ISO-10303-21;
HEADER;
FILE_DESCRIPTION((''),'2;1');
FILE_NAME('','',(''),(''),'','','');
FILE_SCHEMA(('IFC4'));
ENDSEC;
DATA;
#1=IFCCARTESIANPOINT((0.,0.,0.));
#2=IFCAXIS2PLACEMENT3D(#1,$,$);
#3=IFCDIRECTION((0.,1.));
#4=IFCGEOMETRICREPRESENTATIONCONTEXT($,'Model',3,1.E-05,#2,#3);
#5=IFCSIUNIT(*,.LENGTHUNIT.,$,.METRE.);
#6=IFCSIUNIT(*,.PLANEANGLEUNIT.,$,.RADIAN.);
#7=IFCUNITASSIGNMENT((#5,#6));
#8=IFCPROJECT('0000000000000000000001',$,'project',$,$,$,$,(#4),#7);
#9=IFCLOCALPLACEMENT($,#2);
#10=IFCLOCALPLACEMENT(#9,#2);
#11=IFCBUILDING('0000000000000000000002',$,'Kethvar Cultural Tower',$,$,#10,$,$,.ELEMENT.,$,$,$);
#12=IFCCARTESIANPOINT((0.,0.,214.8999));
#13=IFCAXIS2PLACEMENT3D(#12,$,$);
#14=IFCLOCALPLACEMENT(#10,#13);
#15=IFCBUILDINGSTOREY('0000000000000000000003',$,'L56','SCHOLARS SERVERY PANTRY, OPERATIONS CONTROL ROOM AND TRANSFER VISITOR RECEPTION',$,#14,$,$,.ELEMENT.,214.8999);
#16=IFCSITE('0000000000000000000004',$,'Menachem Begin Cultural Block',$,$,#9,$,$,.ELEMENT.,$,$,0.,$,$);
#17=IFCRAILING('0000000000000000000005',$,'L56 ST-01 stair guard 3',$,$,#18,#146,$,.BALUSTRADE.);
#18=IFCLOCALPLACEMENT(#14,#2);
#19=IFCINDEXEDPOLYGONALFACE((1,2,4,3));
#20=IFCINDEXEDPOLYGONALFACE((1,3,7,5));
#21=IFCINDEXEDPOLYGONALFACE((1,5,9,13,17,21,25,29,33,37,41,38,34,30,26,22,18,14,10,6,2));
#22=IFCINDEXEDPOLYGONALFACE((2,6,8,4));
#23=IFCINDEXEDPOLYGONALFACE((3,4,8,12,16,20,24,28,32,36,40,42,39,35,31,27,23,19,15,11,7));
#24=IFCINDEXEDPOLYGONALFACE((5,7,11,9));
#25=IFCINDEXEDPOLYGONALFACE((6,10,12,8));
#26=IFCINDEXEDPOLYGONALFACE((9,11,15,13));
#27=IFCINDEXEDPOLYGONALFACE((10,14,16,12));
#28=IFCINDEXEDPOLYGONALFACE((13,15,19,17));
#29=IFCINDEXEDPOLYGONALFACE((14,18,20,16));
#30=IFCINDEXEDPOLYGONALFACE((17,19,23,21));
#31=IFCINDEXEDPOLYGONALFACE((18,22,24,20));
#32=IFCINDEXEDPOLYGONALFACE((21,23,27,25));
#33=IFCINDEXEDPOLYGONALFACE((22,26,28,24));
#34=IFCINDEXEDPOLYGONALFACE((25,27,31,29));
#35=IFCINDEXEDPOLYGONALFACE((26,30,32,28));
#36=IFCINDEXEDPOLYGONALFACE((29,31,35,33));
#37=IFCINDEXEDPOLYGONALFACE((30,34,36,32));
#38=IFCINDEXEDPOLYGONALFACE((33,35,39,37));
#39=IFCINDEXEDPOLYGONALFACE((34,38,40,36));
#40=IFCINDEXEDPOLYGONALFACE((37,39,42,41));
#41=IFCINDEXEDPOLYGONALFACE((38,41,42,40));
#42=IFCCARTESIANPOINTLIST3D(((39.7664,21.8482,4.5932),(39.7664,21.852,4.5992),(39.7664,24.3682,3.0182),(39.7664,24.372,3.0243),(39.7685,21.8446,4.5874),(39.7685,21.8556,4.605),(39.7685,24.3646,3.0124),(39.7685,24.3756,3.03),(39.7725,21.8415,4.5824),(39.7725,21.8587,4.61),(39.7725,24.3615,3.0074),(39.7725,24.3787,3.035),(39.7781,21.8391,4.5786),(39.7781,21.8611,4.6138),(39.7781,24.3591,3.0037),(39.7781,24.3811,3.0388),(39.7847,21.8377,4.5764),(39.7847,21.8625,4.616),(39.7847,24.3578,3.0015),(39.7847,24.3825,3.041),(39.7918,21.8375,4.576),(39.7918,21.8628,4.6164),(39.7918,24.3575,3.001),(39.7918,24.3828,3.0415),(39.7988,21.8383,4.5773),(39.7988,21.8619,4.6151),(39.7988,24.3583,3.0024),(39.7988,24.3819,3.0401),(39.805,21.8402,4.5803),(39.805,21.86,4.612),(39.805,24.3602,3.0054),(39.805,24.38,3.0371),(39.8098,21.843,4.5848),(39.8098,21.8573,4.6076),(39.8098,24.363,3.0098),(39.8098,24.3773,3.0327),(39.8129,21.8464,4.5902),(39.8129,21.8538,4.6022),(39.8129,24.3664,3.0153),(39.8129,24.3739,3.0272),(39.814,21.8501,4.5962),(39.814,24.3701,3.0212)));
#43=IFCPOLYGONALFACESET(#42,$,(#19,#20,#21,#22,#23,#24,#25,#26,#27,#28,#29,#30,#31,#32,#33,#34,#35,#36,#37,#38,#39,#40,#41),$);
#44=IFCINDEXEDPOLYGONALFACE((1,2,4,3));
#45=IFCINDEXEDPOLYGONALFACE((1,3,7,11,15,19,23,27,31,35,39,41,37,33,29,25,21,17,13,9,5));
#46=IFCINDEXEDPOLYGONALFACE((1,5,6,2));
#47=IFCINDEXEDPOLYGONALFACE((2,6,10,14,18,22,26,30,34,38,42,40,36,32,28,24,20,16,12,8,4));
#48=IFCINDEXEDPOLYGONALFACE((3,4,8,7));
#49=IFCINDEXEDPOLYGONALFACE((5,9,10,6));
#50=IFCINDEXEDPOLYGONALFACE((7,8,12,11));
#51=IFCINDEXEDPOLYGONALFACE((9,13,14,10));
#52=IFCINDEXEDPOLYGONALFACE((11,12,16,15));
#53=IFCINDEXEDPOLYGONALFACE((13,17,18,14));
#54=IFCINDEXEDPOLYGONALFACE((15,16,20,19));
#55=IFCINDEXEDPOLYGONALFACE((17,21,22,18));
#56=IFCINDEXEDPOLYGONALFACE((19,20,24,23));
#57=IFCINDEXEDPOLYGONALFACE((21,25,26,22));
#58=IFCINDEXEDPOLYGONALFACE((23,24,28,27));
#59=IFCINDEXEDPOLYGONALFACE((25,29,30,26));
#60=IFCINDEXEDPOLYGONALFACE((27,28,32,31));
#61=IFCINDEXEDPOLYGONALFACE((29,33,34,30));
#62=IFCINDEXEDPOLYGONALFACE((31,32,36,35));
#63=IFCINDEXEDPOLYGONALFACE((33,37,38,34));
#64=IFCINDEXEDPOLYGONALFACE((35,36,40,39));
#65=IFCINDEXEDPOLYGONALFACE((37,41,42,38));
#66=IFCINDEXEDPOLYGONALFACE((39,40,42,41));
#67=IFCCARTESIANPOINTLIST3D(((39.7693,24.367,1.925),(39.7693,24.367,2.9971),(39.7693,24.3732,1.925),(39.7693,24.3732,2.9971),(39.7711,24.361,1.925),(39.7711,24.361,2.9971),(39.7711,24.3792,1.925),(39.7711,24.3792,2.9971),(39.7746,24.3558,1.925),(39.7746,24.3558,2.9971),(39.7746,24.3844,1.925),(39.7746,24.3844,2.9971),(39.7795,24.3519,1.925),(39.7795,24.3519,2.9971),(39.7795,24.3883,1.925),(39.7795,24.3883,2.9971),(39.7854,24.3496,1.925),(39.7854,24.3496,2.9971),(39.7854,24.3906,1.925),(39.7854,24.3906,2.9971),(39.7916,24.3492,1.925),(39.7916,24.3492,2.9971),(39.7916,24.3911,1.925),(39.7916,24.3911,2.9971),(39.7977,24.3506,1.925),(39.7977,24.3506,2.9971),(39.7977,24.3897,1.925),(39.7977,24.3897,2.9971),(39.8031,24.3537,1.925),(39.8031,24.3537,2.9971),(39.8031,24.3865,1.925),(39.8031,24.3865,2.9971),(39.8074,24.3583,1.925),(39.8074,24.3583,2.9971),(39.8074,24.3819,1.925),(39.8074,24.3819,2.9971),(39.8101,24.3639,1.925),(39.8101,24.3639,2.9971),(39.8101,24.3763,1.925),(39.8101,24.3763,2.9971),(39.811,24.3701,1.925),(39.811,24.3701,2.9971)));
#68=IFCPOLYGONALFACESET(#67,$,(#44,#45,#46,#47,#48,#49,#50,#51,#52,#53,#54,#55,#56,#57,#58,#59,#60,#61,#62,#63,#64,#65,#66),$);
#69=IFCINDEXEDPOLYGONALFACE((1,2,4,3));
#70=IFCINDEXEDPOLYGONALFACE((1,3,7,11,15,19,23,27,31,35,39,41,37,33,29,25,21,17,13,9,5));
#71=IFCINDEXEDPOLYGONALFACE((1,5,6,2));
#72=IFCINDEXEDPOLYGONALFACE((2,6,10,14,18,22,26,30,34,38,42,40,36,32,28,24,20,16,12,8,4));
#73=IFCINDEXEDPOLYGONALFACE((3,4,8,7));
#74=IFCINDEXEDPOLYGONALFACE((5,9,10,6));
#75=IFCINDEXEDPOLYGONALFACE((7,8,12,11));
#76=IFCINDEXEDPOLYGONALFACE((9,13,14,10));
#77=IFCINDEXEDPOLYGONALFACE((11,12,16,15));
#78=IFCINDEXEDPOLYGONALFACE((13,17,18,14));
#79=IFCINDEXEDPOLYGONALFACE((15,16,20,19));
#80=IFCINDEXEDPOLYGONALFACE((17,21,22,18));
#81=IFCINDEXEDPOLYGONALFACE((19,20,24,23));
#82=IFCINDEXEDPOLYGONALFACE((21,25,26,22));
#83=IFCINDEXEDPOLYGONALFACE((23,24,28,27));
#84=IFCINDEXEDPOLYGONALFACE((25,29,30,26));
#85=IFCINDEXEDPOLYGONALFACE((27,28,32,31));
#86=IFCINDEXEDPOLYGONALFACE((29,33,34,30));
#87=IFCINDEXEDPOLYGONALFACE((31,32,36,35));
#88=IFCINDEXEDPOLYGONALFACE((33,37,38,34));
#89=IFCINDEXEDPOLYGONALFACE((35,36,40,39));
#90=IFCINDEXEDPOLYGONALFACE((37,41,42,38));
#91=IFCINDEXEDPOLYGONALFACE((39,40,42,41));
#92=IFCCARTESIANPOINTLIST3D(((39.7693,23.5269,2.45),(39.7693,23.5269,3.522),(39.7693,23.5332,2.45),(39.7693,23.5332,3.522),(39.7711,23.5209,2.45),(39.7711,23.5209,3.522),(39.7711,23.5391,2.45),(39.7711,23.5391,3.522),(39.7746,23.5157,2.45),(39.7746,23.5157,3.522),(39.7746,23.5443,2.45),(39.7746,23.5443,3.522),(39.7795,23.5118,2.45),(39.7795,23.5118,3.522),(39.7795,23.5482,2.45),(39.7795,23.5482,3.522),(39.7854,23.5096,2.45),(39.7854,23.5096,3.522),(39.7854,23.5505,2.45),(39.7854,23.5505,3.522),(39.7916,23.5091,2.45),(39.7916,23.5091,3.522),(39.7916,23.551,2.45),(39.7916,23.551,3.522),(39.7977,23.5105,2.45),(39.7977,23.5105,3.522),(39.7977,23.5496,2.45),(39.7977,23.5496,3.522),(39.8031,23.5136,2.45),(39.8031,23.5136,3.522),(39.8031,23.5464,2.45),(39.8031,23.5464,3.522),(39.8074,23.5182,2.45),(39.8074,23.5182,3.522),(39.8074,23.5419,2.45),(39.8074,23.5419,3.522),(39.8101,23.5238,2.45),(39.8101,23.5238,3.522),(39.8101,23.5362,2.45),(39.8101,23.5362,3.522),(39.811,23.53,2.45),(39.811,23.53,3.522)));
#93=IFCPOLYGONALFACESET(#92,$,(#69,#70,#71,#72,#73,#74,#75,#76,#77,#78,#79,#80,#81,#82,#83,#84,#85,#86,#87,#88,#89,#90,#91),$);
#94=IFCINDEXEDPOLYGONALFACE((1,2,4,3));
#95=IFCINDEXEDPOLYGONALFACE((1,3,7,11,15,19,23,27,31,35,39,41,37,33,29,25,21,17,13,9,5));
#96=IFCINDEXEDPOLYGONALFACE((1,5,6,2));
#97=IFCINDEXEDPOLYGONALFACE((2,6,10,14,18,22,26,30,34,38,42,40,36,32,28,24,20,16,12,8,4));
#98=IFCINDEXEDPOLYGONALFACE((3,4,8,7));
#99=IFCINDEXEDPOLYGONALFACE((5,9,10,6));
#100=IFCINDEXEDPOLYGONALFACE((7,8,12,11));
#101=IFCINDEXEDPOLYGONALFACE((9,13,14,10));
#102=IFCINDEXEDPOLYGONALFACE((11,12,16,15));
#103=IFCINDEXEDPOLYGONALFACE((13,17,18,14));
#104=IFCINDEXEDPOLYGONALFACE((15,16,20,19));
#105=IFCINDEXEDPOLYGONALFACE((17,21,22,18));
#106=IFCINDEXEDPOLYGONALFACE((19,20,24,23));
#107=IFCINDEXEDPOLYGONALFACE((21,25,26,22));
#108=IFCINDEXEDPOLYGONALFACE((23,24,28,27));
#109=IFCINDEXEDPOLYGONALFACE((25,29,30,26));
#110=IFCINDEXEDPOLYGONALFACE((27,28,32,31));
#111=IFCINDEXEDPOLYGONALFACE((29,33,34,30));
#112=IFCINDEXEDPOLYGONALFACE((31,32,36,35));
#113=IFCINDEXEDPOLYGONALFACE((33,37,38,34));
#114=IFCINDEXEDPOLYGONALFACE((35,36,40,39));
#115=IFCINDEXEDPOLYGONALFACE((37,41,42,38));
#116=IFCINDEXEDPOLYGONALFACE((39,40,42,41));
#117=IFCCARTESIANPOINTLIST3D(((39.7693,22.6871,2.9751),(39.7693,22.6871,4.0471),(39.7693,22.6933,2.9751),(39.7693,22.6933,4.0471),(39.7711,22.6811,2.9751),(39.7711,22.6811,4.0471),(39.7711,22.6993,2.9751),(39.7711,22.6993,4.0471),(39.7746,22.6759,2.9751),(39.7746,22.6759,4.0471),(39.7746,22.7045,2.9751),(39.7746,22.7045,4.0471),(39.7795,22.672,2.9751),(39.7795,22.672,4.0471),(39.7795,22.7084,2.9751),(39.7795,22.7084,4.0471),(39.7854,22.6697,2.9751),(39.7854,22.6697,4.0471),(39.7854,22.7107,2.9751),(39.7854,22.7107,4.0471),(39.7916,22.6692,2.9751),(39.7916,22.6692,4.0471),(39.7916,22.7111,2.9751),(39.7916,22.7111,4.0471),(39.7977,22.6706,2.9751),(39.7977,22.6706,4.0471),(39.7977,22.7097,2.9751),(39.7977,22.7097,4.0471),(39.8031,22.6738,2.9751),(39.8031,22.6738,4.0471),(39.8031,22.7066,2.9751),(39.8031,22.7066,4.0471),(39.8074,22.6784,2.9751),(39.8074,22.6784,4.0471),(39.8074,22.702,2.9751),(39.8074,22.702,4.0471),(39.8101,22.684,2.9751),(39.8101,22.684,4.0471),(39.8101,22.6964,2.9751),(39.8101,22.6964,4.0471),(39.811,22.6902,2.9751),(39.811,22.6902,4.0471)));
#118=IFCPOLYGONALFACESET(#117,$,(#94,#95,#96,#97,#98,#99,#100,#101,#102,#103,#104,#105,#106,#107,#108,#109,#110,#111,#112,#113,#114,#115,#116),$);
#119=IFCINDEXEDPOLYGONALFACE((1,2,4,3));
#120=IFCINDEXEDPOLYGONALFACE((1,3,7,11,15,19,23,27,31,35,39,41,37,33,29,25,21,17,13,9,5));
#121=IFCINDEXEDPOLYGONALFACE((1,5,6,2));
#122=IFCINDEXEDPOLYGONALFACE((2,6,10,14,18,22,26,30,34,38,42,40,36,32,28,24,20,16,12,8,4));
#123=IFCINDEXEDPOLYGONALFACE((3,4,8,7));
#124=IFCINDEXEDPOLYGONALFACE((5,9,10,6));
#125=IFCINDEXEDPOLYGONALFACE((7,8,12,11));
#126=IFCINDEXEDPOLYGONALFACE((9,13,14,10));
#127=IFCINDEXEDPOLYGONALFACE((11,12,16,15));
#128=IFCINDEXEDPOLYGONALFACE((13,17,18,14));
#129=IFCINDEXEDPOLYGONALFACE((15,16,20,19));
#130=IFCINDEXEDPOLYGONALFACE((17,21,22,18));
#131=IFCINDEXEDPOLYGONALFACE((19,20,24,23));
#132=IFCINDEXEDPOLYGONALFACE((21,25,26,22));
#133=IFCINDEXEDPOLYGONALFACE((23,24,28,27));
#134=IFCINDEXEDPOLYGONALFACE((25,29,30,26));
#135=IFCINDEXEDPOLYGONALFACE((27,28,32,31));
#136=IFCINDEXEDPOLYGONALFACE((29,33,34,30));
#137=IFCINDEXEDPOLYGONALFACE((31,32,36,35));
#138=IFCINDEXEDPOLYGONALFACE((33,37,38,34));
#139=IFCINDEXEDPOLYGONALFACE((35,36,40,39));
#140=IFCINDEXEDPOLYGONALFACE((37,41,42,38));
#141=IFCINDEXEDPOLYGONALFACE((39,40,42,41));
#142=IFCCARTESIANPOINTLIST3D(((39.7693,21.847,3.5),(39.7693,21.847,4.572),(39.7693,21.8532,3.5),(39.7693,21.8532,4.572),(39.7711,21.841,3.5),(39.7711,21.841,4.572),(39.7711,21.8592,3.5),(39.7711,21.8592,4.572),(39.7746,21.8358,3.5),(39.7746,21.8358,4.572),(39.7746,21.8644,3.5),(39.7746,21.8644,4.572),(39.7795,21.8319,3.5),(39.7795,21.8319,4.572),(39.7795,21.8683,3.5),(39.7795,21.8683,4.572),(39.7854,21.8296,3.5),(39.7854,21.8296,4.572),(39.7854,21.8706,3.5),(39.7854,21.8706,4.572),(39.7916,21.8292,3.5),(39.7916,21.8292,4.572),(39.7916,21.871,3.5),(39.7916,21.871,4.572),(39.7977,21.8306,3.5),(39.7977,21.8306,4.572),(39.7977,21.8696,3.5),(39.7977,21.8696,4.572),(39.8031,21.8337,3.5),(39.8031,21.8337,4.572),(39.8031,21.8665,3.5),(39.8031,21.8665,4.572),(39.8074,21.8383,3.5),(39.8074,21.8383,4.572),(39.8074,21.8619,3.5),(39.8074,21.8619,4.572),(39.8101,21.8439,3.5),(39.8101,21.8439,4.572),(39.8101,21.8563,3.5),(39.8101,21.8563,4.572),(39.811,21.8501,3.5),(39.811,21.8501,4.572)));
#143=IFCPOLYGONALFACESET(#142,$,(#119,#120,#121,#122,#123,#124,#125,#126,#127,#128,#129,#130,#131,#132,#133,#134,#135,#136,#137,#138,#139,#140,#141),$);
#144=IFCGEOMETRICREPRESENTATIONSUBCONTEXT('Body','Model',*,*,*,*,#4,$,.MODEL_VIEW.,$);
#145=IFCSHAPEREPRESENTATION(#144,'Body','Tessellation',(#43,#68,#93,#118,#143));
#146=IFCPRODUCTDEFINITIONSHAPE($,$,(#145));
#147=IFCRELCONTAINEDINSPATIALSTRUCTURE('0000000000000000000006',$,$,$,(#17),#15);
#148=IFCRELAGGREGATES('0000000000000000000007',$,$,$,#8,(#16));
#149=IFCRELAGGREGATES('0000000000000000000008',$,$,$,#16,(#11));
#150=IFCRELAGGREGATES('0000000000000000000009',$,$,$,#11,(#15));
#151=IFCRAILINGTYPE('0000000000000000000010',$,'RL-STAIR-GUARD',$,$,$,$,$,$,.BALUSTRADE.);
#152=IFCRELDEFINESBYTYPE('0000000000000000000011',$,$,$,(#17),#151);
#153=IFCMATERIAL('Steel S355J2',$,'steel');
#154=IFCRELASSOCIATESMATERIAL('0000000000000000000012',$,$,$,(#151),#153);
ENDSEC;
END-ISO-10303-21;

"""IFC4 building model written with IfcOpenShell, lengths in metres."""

from ifc_helpers import new_model, si_unit, direction, frame, origin, origin_2d, place, context, subcontext, project, spatial, circle, extrude, material, type_object, element, save


model = new_model("IFC4")

# Units and contexts
model_context = context("Model", 3, precision=1e-05, world=origin(), true_north=direction((0.0, 1.0)))
body_context = subcontext(model_context, "Body", "Model", "MODEL_VIEW")
ifc_project = project(units=[si_unit("LENGTHUNIT", "METRE"), si_unit("PLANEANGLEUNIT", "RADIAN")], contexts=[model_context])

# Site, building, storey
site_placement = place(None, origin())
site = spatial("IfcSite", under=ifc_project, at=site_placement, Name="Menachem Begin Cultural Block", CompositionType="ELEMENT", RefElevation=0.0)
building_placement = place(site_placement, origin())
building = spatial("IfcBuilding", under=site, at=building_placement, Name="Kethvar Cultural Tower", CompositionType="ELEMENT")
storey_placement = place(building_placement, frame((0.0, 0.0, 214.8999)))
storey = spatial("IfcBuildingStorey", under=building, at=storey_placement, Name="L56", Description="SCHOLARS SERVERY PANTRY, OPERATIONS CONTROL ROOM AND TRANSFER VISITOR RECEPTION", CompositionType="ELEMENT", Elevation=214.8999)

# Shared definitions
ifc_material_1 = material(Name="Steel S355J2", Category="steel")

# Railing
railing_type_1 = type_object("IfcRailingType", Name="RL-STAIR-GUARD", PredefinedType="BALUSTRADE", material=ifc_material_1)
railing_1_placement = place(storey_placement, frame((39.79, 24.3701, 1.925)))
element("IfcRailing", 1, at=railing_1_placement, inside=storey, type_object=railing_type_1, Name="L56 ST-01 stair guard 3", PredefinedType="BALUSTRADE", context=body_context, shape_type="SweptSolid", body=[
    extrude(circle(Radius=0.0239, at=origin_2d()), frame((0.0, 0.0, 1.0962), z_axis=(0.0, -0.848008, 0.529984), x_axis=(1.0, 0.0, 0.0)), (0.0, 0.0, 1.0), 2.9717),
    extrude(circle(Radius=0.021, at=origin_2d()), origin(), (0.0, 0.0, 1.0), 1.072),
    extrude(circle(Radius=0.021, at=origin_2d()), frame((0.0, -0.8401, 0.5249)), (0.0, 0.0, 1.0), 1.072),
    extrude(circle(Radius=0.021, at=origin_2d()), frame((0.0, -1.6799, 1.05)), (0.0, 0.0, 1.0), 1.072),
    extrude(circle(Radius=0.021, at=origin_2d()), frame((0.0, -2.52, 1.575)), (0.0, 0.0, 1.0), 1.072),
])

save(model, "model.ifc")
